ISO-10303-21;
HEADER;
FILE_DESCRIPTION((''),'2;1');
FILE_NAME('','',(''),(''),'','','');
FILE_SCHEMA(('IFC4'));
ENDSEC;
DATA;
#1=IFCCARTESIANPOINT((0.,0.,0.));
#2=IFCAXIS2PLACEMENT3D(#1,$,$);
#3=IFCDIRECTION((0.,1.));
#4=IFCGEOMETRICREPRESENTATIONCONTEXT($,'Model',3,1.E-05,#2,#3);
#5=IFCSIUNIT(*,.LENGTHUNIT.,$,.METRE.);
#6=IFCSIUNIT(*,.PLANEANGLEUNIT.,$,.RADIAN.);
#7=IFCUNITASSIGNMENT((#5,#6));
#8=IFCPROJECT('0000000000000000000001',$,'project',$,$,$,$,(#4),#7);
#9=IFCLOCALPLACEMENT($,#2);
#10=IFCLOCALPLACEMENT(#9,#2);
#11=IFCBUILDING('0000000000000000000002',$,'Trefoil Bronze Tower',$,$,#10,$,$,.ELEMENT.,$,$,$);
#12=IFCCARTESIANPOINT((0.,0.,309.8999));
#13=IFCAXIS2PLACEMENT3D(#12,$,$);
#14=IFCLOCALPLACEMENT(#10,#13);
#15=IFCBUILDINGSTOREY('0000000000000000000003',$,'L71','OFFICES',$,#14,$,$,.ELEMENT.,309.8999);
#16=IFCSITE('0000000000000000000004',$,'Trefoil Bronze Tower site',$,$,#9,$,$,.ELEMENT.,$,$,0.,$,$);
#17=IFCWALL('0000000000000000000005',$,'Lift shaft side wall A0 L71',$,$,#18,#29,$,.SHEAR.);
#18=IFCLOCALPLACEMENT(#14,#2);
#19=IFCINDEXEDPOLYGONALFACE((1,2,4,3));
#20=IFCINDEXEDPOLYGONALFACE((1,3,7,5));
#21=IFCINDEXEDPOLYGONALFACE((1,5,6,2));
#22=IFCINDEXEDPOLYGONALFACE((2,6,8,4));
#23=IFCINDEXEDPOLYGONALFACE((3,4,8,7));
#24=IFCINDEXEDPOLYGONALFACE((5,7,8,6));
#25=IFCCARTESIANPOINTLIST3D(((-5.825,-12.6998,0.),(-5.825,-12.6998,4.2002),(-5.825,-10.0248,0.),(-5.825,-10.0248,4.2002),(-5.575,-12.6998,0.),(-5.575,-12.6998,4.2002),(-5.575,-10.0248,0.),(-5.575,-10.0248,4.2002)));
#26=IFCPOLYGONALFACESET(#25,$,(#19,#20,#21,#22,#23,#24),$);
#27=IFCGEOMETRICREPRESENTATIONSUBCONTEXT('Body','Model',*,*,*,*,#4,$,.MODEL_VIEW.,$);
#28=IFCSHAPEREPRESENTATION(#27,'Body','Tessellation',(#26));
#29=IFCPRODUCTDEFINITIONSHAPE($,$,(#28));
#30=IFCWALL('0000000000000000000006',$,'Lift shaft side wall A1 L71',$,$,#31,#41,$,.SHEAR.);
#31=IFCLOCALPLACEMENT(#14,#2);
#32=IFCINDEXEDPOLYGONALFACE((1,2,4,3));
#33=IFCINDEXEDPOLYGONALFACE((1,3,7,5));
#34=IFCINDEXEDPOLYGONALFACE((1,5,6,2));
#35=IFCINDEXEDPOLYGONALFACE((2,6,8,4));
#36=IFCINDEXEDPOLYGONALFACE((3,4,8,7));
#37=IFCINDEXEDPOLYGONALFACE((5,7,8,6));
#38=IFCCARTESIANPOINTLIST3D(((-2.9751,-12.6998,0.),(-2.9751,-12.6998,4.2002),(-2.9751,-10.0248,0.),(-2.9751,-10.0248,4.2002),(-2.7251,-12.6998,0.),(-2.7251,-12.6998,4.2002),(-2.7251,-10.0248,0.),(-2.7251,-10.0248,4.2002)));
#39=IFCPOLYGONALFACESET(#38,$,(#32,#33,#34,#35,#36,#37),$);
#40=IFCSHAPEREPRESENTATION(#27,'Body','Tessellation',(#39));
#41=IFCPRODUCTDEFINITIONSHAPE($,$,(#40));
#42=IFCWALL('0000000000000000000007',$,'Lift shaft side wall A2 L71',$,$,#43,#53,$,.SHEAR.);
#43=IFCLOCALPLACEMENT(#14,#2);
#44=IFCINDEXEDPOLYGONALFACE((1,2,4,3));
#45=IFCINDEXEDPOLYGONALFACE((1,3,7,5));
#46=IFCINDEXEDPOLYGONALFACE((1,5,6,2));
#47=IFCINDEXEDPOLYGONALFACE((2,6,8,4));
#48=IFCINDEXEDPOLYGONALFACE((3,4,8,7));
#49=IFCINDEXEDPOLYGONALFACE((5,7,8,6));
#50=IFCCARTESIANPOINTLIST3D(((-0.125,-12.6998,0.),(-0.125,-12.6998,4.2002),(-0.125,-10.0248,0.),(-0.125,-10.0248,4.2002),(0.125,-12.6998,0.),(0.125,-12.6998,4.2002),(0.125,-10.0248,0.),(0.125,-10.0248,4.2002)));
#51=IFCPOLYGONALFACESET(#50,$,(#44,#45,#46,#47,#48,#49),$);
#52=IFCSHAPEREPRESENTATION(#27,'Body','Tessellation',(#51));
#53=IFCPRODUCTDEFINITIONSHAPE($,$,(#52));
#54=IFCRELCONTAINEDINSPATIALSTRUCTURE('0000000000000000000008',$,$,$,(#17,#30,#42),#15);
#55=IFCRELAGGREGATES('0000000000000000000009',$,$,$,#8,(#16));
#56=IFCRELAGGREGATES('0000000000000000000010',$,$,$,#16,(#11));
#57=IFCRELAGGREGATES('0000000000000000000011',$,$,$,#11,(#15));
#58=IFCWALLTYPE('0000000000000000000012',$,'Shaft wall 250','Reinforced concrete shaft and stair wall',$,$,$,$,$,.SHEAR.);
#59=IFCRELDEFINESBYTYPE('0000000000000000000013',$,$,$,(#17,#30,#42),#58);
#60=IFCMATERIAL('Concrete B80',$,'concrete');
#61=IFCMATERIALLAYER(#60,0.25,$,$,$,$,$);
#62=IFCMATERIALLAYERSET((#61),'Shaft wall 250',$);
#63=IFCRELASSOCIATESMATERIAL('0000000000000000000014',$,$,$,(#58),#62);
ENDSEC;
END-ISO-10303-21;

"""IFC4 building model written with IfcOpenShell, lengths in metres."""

from ifc_helpers import new_model, si_unit, direction, frame, frame_2d, origin, place, context, subcontext, project, spatial, rectangle, extrude, material, layer, layer_set, type_object, element, save


model = new_model("IFC4")

# Units and contexts
model_context = context("Model", 3, precision=1e-05, world=origin(), true_north=direction((0.0, 1.0)))
body_context = subcontext(model_context, "Body", "Model", "MODEL_VIEW")
ifc_project = project(units=[si_unit("LENGTHUNIT", "METRE"), si_unit("PLANEANGLEUNIT", "RADIAN")], contexts=[model_context])

# Site, building, storey
site_placement = place(None, origin())
site = spatial("IfcSite", under=ifc_project, at=site_placement, Name="Trefoil Bronze Tower site", CompositionType="ELEMENT", RefElevation=0.0)
building_placement = place(site_placement, origin())
building = spatial("IfcBuilding", under=site, at=building_placement, Name="Trefoil Bronze Tower", CompositionType="ELEMENT")
storey_placement = place(building_placement, frame((0.0, 0.0, 309.8999)))
storey = spatial("IfcBuildingStorey", under=building, at=storey_placement, Name="L71", Description="OFFICES", CompositionType="ELEMENT", Elevation=309.8999)

# Shared definitions
ifc_material_1 = material(Name="Concrete B80", Category="concrete")
ifc_layer_1 = layer(ifc_material_1, 0.25)
ifc_layer_set_1 = layer_set([ifc_layer_1], Name="Shaft wall 250")
wall_type_1 = type_object("IfcWallType", Name="Shaft wall 250", Description="Reinforced concrete shaft and stair wall", PredefinedType="SHEAR", material=ifc_layer_set_1)

# Walls
for number, where, z_axis, x_axis, name in (
    (1, (-5.7, -10.0249, 0.0), (0.0, 0.0, 1.0), (0.0, -1.0, 0.0), "Lift shaft side wall A0 L71"),
    (2, (-2.8501, -10.0249, 0.0), (0.0, 0.0, 1.0), (0.0, -1.0, 0.0), "Lift shaft side wall A1 L71"),
    (3, (0.0, -10.0249, 0.0), (0.0, 0.0, 1.0), (0.0, -1.0, 0.0), "Lift shaft side wall A2 L71"),
):
    element("IfcWall", number, at=place(storey_placement, frame(where, z_axis=z_axis, x_axis=x_axis)), inside=storey, type_object=wall_type_1, Name=name, PredefinedType="SHEAR", context=body_context, shape_type="SweptSolid", body=[
        extrude(rectangle(XDim=2.675, YDim=0.25, at=frame_2d((1.3374, 0.0))), origin(), (0.0, 0.0, 1.0), 4.2002),
    ])

save(model, "model.ifc")
